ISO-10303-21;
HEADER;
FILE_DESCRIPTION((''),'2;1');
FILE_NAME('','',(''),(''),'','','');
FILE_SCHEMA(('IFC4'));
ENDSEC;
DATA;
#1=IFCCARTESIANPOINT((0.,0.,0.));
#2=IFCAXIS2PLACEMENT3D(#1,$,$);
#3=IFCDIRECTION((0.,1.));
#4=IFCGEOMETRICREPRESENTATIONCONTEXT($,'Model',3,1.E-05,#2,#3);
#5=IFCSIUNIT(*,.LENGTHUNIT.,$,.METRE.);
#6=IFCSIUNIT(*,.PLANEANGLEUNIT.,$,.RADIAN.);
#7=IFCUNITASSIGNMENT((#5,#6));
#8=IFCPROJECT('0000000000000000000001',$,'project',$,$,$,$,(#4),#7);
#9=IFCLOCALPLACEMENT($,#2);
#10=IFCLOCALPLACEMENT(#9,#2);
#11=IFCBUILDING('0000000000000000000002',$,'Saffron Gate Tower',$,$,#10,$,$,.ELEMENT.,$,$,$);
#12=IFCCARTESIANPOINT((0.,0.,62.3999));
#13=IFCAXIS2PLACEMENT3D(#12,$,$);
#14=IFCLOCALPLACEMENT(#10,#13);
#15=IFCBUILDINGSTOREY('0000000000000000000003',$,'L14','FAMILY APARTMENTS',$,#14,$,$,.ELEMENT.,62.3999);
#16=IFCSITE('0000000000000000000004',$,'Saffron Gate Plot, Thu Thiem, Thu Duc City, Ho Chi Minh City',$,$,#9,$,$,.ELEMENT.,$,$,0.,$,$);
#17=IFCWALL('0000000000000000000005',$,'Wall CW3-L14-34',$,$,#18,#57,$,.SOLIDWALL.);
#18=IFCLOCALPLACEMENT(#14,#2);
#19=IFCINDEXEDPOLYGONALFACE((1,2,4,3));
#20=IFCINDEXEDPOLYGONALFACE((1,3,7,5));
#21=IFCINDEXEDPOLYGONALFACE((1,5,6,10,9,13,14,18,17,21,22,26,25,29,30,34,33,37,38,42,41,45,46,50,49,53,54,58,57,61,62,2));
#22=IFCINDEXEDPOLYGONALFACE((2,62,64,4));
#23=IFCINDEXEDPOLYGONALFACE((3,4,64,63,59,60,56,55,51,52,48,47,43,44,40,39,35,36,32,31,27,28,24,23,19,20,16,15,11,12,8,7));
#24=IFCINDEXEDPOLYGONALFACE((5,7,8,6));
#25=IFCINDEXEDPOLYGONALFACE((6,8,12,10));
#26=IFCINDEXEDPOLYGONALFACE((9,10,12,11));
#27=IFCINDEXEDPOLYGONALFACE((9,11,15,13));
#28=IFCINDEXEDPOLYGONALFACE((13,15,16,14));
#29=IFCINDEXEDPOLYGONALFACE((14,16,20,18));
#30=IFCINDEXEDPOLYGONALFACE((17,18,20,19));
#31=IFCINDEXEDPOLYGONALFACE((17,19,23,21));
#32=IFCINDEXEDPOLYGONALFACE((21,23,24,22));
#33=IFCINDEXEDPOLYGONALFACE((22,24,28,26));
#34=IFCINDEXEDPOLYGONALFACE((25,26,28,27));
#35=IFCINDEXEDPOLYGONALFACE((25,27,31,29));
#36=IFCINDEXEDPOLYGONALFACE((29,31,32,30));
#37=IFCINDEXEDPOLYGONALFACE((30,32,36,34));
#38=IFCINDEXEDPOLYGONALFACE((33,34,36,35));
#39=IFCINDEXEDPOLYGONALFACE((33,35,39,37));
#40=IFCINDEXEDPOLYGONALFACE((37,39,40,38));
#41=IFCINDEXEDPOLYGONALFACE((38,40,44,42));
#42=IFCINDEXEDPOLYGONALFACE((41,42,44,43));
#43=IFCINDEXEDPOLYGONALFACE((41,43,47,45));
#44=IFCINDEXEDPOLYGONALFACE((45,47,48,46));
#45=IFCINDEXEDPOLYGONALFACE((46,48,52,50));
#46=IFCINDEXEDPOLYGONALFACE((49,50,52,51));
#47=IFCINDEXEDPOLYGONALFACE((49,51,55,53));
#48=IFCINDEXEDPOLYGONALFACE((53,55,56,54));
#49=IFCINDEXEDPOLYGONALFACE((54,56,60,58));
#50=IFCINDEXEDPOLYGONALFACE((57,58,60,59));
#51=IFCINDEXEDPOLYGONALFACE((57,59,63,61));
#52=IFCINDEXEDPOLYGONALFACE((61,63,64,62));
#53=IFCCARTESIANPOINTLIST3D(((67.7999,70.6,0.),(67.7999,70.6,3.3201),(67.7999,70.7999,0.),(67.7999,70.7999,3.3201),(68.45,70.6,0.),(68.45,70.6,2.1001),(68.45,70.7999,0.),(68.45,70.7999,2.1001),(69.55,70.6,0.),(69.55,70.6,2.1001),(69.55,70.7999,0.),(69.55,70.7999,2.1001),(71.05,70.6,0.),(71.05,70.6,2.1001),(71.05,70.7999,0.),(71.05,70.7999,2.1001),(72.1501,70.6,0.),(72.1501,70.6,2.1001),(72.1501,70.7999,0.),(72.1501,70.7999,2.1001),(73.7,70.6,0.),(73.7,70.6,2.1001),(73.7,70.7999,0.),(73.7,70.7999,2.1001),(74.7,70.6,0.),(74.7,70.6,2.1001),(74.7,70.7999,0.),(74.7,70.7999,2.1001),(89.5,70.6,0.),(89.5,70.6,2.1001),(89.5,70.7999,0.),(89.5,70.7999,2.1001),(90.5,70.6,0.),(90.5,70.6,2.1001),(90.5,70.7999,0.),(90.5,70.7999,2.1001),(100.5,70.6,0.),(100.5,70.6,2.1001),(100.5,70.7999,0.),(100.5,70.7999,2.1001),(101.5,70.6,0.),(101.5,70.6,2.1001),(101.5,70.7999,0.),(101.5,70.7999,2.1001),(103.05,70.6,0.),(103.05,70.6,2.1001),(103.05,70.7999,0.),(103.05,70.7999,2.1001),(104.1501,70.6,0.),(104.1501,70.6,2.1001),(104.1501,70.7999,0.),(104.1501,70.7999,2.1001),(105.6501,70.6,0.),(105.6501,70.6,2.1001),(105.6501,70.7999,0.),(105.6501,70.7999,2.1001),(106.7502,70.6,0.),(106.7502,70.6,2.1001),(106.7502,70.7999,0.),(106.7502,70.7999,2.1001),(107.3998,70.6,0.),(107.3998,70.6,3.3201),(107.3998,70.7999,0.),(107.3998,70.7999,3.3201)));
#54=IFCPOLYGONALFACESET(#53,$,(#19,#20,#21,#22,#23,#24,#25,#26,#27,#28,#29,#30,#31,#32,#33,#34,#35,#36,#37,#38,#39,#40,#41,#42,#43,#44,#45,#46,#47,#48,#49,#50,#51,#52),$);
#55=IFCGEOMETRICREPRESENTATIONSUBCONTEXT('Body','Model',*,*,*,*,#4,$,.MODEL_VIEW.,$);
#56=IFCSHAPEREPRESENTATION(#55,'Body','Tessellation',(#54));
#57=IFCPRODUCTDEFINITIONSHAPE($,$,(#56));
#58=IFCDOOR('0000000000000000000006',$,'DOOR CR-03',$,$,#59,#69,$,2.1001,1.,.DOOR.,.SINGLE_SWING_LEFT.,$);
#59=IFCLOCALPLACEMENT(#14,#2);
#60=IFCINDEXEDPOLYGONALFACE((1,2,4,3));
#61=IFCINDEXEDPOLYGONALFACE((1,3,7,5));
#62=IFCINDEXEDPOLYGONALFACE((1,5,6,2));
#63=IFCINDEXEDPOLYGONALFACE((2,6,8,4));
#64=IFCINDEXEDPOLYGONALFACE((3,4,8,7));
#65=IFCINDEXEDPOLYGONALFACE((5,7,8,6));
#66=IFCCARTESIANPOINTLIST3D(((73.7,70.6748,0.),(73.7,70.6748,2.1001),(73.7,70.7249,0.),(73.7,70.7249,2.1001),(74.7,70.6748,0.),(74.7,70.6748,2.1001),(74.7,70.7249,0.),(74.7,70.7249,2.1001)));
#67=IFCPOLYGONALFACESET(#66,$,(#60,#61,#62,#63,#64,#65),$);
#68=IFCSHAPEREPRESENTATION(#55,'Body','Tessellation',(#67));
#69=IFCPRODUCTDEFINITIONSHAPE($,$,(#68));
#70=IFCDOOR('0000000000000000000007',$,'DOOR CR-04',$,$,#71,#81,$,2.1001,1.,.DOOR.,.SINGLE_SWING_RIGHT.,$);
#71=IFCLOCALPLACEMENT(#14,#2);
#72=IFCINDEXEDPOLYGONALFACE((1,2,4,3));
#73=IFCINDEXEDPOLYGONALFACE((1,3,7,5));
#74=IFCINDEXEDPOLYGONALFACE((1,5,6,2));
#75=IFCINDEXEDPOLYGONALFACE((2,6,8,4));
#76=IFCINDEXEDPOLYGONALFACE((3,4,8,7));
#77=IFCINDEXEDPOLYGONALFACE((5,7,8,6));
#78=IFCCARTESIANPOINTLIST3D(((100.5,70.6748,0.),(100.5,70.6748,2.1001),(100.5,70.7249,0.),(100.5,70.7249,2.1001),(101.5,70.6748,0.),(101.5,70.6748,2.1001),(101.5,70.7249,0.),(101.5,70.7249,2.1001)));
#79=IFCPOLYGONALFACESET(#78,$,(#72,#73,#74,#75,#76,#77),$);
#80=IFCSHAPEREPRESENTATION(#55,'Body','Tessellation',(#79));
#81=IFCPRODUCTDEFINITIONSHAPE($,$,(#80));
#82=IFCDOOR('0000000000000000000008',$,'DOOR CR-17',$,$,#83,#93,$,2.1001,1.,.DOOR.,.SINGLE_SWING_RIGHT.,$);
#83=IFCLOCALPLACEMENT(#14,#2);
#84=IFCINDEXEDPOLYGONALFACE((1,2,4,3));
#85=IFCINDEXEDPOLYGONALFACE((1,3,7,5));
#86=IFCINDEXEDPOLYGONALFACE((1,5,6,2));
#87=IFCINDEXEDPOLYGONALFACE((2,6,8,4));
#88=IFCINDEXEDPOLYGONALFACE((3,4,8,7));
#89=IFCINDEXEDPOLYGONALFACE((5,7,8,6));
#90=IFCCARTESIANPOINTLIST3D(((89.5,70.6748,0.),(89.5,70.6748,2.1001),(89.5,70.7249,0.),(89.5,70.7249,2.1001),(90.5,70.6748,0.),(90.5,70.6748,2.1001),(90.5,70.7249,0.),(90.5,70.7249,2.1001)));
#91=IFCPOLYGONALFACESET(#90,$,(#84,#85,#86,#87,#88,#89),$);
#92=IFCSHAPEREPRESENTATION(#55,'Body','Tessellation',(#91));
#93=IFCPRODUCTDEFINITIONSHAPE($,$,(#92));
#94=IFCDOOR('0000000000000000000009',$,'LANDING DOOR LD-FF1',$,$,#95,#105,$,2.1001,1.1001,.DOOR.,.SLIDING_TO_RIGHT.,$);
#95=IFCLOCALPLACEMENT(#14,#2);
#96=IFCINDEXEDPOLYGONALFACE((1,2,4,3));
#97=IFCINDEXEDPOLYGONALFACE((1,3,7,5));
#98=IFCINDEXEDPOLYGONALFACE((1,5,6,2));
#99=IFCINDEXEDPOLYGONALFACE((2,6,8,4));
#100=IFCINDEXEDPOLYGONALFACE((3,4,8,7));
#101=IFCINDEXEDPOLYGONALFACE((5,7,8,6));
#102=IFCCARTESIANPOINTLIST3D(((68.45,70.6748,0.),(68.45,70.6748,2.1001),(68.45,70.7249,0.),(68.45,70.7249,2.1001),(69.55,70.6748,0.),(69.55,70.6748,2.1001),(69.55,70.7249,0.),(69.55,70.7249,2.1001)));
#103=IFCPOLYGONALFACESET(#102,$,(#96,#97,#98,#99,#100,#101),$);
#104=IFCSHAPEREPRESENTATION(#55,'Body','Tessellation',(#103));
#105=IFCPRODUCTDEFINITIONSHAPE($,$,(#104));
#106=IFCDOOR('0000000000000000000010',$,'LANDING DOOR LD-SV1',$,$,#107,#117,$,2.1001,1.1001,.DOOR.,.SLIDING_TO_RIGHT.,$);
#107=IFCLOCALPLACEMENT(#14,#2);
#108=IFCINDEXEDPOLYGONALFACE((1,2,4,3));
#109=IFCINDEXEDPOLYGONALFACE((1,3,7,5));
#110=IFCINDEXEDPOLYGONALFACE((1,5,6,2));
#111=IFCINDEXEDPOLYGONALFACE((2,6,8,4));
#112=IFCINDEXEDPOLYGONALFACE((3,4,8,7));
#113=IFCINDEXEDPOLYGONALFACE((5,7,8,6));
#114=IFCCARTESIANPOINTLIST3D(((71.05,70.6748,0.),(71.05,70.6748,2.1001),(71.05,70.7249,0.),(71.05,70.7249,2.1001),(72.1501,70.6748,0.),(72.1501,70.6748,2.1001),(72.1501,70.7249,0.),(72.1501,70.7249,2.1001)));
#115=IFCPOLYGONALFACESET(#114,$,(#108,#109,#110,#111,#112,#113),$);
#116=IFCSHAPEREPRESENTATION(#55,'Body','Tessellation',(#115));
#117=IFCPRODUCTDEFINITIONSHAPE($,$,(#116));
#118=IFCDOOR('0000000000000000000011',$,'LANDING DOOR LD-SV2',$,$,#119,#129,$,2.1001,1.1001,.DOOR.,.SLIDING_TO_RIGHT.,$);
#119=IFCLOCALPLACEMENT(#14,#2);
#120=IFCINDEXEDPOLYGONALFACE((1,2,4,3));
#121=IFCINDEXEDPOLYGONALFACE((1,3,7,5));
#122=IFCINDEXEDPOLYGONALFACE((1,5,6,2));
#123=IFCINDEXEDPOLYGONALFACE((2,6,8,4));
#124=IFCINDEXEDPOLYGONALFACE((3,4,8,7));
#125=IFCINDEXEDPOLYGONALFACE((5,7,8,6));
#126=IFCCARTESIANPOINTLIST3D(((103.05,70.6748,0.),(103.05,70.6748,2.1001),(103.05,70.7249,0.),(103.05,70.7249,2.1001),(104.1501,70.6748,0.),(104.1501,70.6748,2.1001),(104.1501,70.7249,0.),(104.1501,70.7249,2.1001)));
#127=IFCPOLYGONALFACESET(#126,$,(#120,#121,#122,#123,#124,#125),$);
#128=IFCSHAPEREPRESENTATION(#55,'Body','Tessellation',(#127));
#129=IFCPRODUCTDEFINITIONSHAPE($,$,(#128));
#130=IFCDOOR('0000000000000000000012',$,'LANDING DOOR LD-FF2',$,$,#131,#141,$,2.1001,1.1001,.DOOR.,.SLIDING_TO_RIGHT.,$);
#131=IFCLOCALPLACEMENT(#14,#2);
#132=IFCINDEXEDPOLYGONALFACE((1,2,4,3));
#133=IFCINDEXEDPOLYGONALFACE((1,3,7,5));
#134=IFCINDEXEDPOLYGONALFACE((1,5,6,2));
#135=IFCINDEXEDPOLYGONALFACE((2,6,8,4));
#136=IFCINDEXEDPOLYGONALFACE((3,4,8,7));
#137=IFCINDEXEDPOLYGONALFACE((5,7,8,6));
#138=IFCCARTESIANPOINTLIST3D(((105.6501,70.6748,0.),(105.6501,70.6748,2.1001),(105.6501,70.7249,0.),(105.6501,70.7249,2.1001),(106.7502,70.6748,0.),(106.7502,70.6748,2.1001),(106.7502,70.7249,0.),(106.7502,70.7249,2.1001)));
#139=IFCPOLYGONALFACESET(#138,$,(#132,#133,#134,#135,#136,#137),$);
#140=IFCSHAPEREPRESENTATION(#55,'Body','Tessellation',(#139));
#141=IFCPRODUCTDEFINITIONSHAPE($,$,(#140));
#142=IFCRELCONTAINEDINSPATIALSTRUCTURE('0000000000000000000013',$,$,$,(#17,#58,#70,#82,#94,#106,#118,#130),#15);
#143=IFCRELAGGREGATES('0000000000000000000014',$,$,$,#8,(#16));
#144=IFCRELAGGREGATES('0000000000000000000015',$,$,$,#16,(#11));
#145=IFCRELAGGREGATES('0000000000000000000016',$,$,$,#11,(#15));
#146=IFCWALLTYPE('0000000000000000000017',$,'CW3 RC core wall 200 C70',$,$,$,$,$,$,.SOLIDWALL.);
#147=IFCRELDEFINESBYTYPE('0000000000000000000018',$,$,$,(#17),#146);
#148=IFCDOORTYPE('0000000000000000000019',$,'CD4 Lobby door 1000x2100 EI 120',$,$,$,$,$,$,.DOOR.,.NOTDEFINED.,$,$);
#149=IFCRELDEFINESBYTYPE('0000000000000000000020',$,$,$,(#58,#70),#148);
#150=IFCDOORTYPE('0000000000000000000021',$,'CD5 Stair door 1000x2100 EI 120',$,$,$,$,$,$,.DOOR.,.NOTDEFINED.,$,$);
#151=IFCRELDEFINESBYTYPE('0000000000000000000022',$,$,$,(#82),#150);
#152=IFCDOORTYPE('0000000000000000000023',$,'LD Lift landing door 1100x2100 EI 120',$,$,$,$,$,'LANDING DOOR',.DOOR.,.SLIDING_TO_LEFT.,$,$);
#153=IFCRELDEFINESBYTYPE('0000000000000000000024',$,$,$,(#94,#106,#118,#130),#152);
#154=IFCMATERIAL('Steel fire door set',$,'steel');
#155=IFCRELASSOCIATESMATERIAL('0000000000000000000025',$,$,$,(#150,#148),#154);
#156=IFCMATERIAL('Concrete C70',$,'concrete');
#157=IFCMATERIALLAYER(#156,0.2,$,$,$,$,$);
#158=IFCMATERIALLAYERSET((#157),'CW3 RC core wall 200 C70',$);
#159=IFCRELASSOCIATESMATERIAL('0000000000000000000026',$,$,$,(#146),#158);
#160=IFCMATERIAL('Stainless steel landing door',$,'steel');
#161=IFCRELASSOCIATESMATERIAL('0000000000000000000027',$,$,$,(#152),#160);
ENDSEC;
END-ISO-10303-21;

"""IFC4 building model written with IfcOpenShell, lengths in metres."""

from ifc_helpers import new_model, si_unit, direction, frame, frame_2d, origin, place, context, subcontext, project, spatial, rectangle, extrude, material, layer, layer_set, type_object, element, fill, save


model = new_model("IFC4")

# Units and contexts
model_context = context("Model", 3, precision=1e-05, world=origin(), true_north=direction((0.0, 1.0)))
body_context = subcontext(model_context, "Body", "Model", "MODEL_VIEW")
ifc_project = project(units=[si_unit("LENGTHUNIT", "METRE"), si_unit("PLANEANGLEUNIT", "RADIAN")], contexts=[model_context])

# Site, building, storey
site_placement = place(None, origin())
site = spatial("IfcSite", under=ifc_project, at=site_placement, Name="Saffron Gate Plot, Thu Thiem, Thu Duc City, Ho Chi Minh City", CompositionType="ELEMENT", RefElevation=0.0)
building_placement = place(site_placement, origin())
building = spatial("IfcBuilding", under=site, at=building_placement, Name="Saffron Gate Tower", CompositionType="ELEMENT")
storey_placement = place(building_placement, frame((0.0, 0.0, 62.3999)))
storey = spatial("IfcBuildingStorey", under=building, at=storey_placement, Name="L14", Description="FAMILY APARTMENTS", CompositionType="ELEMENT", Elevation=62.3999)

# Shared definitions
ifc_material_1 = material(Name="Concrete C70", Category="concrete")

# Wall, openings, doors
ifc_material_2 = material(Name="Steel fire door set", Category="steel")
door_type_1 = type_object("IfcDoorType", Name="CD5 Stair door 1000x2100 EI 120", OperationType="NOTDEFINED", PredefinedType="DOOR", material=ifc_material_2)
ifc_layer_1 = layer(ifc_material_1, 0.2)
ifc_layer_set_1 = layer_set([ifc_layer_1], Name="CW3 RC core wall 200 C70")
wall_type_1 = type_object("IfcWallType", Name="CW3 RC core wall 200 C70", PredefinedType="SOLIDWALL", material=ifc_layer_set_1)
ifc_material_3 = material(Name="Stainless steel landing door", Category="steel")
door_type_2 = type_object("IfcDoorType", Name="LD Lift landing door 1100x2100 EI 120", ElementType="LANDING DOOR", OperationType="SLIDING_TO_LEFT", PredefinedType="DOOR", material=ifc_material_3)
wall_1_placement = place(storey_placement, frame((67.8, 70.7, 0.0), z_axis=(0.0, 0.0, 1.0), x_axis=(1.0, 0.0, 0.0)))
wall_1 = element("IfcWall", 1, at=wall_1_placement, inside=storey, type_object=wall_type_1, Name="Wall CW3-L14-34", PredefinedType="SOLIDWALL", context=body_context, shape_type="SweptSolid", body=[
    extrude(rectangle(XDim=39.5999, YDim=0.2, at=frame_2d((19.7998, 0.0))), origin(), (0.0, 0.0, 1.0), 3.3201),
])
opening_1_placement = place(wall_1_placement, frame((0.6499, 0.0, 0.0)))
opening_1 = element("IfcOpeningElement", 2, at=opening_1_placement, cuts=wall_1, PredefinedType="OPENING", context=body_context, shape_type="SweptSolid", body=[
    extrude(rectangle(XDim=1.1001, YDim=2.1001, at=frame_2d((0.55, 1.05))), frame((0.0, 0.1099, 0.0), z_axis=(0.0, -1.0, 0.0), x_axis=(1.0, 0.0, 0.0)), (0.0, 0.0, 1.0), 0.22),
])
opening_2_placement = place(wall_1_placement, frame((3.25, 0.0, 0.0)))
opening_2 = element("IfcOpeningElement", 3, at=opening_2_placement, cuts=wall_1, PredefinedType="OPENING", context=body_context, shape_type="SweptSolid", body=[
    extrude(rectangle(XDim=1.1001, YDim=2.1001, at=frame_2d((0.55, 1.05))), frame((0.0, 0.1099, 0.0), z_axis=(0.0, -1.0, 0.0), x_axis=(1.0, 0.0, 0.0)), (0.0, 0.0, 1.0), 0.22),
])
opening_3_placement = place(wall_1_placement, frame((5.8999, 0.0, 0.0)))
opening_3 = element("IfcOpeningElement", 4, at=opening_3_placement, cuts=wall_1, PredefinedType="OPENING", context=body_context, shape_type="SweptSolid", body=[
    extrude(rectangle(XDim=1.0, YDim=2.1001, at=frame_2d((0.5, 1.05))), frame((0.0, 0.1099, 0.0), z_axis=(0.0, -1.0, 0.0), x_axis=(1.0, 0.0, 0.0)), (0.0, 0.0, 1.0), 0.22),
])
opening_4_placement = place(wall_1_placement, frame((21.7, 0.0, 0.0)))
opening_4 = element("IfcOpeningElement", 5, at=opening_4_placement, cuts=wall_1, PredefinedType="OPENING", context=body_context, shape_type="SweptSolid", body=[
    extrude(rectangle(XDim=1.0, YDim=2.1001, at=frame_2d((0.5, 1.05))), frame((0.0, 0.1099, 0.0), z_axis=(0.0, -1.0, 0.0), x_axis=(1.0, 0.0, 0.0)), (0.0, 0.0, 1.0), 0.22),
])
opening_5_placement = place(wall_1_placement, frame((32.7, 0.0, 0.0)))
opening_5 = element("IfcOpeningElement", 6, at=opening_5_placement, cuts=wall_1, PredefinedType="OPENING", context=body_context, shape_type="SweptSolid", body=[
    extrude(rectangle(XDim=1.0, YDim=2.1001, at=frame_2d((0.5, 1.05))), frame((0.0, 0.1099, 0.0), z_axis=(0.0, -1.0, 0.0), x_axis=(1.0, 0.0, 0.0)), (0.0, 0.0, 1.0), 0.22),
])
opening_6_placement = place(wall_1_placement, frame((35.25, 0.0, 0.0)))
opening_6 = element("IfcOpeningElement", 7, at=opening_6_placement, cuts=wall_1, PredefinedType="OPENING", context=body_context, shape_type="SweptSolid", body=[
    extrude(rectangle(XDim=1.1001, YDim=2.1001, at=frame_2d((0.55, 1.05))), frame((0.0, 0.1099, 0.0), z_axis=(0.0, -1.0, 0.0), x_axis=(1.0, 0.0, 0.0)), (0.0, 0.0, 1.0), 0.22),
])
opening_7_placement = place(wall_1_placement, frame((37.8501, 0.0, 0.0)))
opening_7 = element("IfcOpeningElement", 8, at=opening_7_placement, cuts=wall_1, PredefinedType="OPENING", context=body_context, shape_type="SweptSolid", body=[
    extrude(rectangle(XDim=1.1001, YDim=2.1001, at=frame_2d((0.55, 1.05))), frame((0.0, 0.1099, 0.0), z_axis=(0.0, -1.0, 0.0), x_axis=(1.0, 0.0, 0.0)), (0.0, 0.0, 1.0), 0.22),
])
door_type_3 = type_object("IfcDoorType", Name="CD4 Lobby door 1000x2100 EI 120", OperationType="NOTDEFINED", PredefinedType="DOOR", material=ifc_material_2)
door_1_placement = place(opening_3_placement, origin())
door_1 = element("IfcDoor", 9, at=door_1_placement, inside=storey, type_object=door_type_3, Name="DOOR CR-03", OperationType="SINGLE_SWING_LEFT", OverallHeight=2.1001, OverallWidth=1.0, PredefinedType="DOOR", context=body_context, shape_type="SweptSolid", body=[
    extrude(rectangle(XDim=1.0, YDim=2.1001, at=frame_2d((0.5, 1.05))), frame((0.0, 0.0249, 0.0), z_axis=(0.0, -1.0, 0.0), x_axis=(1.0, 0.0, 0.0)), (0.0, 0.0, 1.0), 0.05),
])
fill(opening_3, door_1)
door_2_placement = place(opening_5_placement, origin())
door_2 = element("IfcDoor", 10, at=door_2_placement, inside=storey, type_object=door_type_3, Name="DOOR CR-04", OperationType="SINGLE_SWING_RIGHT", OverallHeight=2.1001, OverallWidth=1.0, PredefinedType="DOOR", context=body_context, shape_type="SweptSolid", body=[
    extrude(rectangle(XDim=1.0, YDim=2.1001, at=frame_2d((0.5, 1.05))), frame((0.0, 0.0249, 0.0), z_axis=(0.0, -1.0, 0.0), x_axis=(1.0, 0.0, 0.0)), (0.0, 0.0, 1.0), 0.05),
])
fill(opening_5, door_2)
door_3_placement = place(opening_4_placement, origin())
door_3 = element("IfcDoor", 11, at=door_3_placement, inside=storey, type_object=door_type_1, Name="DOOR CR-17", OperationType="SINGLE_SWING_RIGHT", OverallHeight=2.1001, OverallWidth=1.0, PredefinedType="DOOR", context=body_context, shape_type="SweptSolid", body=[
    extrude(rectangle(XDim=1.0, YDim=2.1001, at=frame_2d((0.5, 1.05))), frame((0.0, 0.0249, 0.0), z_axis=(0.0, -1.0, 0.0), x_axis=(1.0, 0.0, 0.0)), (0.0, 0.0, 1.0), 0.05),
])
fill(opening_4, door_3)
door_4_placement = place(opening_1_placement, origin())
door_4 = element("IfcDoor", 12, at=door_4_placement, inside=storey, type_object=door_type_2, Name="LANDING DOOR LD-FF1", OperationType="SLIDING_TO_RIGHT", OverallHeight=2.1001, OverallWidth=1.1001, PredefinedType="DOOR", context=body_context, shape_type="SweptSolid", body=[
    extrude(rectangle(XDim=1.1001, YDim=2.1001, at=frame_2d((0.55, 1.05))), frame((0.0, 0.0249, 0.0), z_axis=(0.0, -1.0, 0.0), x_axis=(1.0, 0.0, 0.0)), (0.0, 0.0, 1.0), 0.05),
])
fill(opening_1, door_4)
door_5_placement = place(opening_2_placement, origin())
door_5 = element("IfcDoor", 13, at=door_5_placement, inside=storey, type_object=door_type_2, Name="LANDING DOOR LD-SV1", OperationType="SLIDING_TO_RIGHT", OverallHeight=2.1001, OverallWidth=1.1001, PredefinedType="DOOR", context=body_context, shape_type="SweptSolid", body=[
    extrude(rectangle(XDim=1.1001, YDim=2.1001, at=frame_2d((0.55, 1.05))), frame((0.0, 0.0249, 0.0), z_axis=(0.0, -1.0, 0.0), x_axis=(1.0, 0.0, 0.0)), (0.0, 0.0, 1.0), 0.05),
])
fill(opening_2, door_5)
door_6_placement = place(opening_6_placement, origin())
door_6 = element("IfcDoor", 14, at=door_6_placement, inside=storey, type_object=door_type_2, Name="LANDING DOOR LD-SV2", OperationType="SLIDING_TO_RIGHT", OverallHeight=2.1001, OverallWidth=1.1001, PredefinedType="DOOR", context=body_context, shape_type="SweptSolid", body=[
    extrude(rectangle(XDim=1.1001, YDim=2.1001, at=frame_2d((0.55, 1.05))), frame((0.0, 0.0249, 0.0), z_axis=(0.0, -1.0, 0.0), x_axis=(1.0, 0.0, 0.0)), (0.0, 0.0, 1.0), 0.05),
])
fill(opening_6, door_6)
door_7_placement = place(opening_7_placement, origin())
door_7 = element("IfcDoor", 15, at=door_7_placement, inside=storey, type_object=door_type_2, Name="LANDING DOOR LD-FF2", OperationType="SLIDING_TO_RIGHT", OverallHeight=2.1001, OverallWidth=1.1001, PredefinedType="DOOR", context=body_context, shape_type="SweptSolid", body=[
    extrude(rectangle(XDim=1.1001, YDim=2.1001, at=frame_2d((0.55, 1.05))), frame((0.0, 0.0249, 0.0), z_axis=(0.0, -1.0, 0.0), x_axis=(1.0, 0.0, 0.0)), (0.0, 0.0, 1.0), 0.05),
])
fill(opening_7, door_7)

save(model, "model.ifc")
